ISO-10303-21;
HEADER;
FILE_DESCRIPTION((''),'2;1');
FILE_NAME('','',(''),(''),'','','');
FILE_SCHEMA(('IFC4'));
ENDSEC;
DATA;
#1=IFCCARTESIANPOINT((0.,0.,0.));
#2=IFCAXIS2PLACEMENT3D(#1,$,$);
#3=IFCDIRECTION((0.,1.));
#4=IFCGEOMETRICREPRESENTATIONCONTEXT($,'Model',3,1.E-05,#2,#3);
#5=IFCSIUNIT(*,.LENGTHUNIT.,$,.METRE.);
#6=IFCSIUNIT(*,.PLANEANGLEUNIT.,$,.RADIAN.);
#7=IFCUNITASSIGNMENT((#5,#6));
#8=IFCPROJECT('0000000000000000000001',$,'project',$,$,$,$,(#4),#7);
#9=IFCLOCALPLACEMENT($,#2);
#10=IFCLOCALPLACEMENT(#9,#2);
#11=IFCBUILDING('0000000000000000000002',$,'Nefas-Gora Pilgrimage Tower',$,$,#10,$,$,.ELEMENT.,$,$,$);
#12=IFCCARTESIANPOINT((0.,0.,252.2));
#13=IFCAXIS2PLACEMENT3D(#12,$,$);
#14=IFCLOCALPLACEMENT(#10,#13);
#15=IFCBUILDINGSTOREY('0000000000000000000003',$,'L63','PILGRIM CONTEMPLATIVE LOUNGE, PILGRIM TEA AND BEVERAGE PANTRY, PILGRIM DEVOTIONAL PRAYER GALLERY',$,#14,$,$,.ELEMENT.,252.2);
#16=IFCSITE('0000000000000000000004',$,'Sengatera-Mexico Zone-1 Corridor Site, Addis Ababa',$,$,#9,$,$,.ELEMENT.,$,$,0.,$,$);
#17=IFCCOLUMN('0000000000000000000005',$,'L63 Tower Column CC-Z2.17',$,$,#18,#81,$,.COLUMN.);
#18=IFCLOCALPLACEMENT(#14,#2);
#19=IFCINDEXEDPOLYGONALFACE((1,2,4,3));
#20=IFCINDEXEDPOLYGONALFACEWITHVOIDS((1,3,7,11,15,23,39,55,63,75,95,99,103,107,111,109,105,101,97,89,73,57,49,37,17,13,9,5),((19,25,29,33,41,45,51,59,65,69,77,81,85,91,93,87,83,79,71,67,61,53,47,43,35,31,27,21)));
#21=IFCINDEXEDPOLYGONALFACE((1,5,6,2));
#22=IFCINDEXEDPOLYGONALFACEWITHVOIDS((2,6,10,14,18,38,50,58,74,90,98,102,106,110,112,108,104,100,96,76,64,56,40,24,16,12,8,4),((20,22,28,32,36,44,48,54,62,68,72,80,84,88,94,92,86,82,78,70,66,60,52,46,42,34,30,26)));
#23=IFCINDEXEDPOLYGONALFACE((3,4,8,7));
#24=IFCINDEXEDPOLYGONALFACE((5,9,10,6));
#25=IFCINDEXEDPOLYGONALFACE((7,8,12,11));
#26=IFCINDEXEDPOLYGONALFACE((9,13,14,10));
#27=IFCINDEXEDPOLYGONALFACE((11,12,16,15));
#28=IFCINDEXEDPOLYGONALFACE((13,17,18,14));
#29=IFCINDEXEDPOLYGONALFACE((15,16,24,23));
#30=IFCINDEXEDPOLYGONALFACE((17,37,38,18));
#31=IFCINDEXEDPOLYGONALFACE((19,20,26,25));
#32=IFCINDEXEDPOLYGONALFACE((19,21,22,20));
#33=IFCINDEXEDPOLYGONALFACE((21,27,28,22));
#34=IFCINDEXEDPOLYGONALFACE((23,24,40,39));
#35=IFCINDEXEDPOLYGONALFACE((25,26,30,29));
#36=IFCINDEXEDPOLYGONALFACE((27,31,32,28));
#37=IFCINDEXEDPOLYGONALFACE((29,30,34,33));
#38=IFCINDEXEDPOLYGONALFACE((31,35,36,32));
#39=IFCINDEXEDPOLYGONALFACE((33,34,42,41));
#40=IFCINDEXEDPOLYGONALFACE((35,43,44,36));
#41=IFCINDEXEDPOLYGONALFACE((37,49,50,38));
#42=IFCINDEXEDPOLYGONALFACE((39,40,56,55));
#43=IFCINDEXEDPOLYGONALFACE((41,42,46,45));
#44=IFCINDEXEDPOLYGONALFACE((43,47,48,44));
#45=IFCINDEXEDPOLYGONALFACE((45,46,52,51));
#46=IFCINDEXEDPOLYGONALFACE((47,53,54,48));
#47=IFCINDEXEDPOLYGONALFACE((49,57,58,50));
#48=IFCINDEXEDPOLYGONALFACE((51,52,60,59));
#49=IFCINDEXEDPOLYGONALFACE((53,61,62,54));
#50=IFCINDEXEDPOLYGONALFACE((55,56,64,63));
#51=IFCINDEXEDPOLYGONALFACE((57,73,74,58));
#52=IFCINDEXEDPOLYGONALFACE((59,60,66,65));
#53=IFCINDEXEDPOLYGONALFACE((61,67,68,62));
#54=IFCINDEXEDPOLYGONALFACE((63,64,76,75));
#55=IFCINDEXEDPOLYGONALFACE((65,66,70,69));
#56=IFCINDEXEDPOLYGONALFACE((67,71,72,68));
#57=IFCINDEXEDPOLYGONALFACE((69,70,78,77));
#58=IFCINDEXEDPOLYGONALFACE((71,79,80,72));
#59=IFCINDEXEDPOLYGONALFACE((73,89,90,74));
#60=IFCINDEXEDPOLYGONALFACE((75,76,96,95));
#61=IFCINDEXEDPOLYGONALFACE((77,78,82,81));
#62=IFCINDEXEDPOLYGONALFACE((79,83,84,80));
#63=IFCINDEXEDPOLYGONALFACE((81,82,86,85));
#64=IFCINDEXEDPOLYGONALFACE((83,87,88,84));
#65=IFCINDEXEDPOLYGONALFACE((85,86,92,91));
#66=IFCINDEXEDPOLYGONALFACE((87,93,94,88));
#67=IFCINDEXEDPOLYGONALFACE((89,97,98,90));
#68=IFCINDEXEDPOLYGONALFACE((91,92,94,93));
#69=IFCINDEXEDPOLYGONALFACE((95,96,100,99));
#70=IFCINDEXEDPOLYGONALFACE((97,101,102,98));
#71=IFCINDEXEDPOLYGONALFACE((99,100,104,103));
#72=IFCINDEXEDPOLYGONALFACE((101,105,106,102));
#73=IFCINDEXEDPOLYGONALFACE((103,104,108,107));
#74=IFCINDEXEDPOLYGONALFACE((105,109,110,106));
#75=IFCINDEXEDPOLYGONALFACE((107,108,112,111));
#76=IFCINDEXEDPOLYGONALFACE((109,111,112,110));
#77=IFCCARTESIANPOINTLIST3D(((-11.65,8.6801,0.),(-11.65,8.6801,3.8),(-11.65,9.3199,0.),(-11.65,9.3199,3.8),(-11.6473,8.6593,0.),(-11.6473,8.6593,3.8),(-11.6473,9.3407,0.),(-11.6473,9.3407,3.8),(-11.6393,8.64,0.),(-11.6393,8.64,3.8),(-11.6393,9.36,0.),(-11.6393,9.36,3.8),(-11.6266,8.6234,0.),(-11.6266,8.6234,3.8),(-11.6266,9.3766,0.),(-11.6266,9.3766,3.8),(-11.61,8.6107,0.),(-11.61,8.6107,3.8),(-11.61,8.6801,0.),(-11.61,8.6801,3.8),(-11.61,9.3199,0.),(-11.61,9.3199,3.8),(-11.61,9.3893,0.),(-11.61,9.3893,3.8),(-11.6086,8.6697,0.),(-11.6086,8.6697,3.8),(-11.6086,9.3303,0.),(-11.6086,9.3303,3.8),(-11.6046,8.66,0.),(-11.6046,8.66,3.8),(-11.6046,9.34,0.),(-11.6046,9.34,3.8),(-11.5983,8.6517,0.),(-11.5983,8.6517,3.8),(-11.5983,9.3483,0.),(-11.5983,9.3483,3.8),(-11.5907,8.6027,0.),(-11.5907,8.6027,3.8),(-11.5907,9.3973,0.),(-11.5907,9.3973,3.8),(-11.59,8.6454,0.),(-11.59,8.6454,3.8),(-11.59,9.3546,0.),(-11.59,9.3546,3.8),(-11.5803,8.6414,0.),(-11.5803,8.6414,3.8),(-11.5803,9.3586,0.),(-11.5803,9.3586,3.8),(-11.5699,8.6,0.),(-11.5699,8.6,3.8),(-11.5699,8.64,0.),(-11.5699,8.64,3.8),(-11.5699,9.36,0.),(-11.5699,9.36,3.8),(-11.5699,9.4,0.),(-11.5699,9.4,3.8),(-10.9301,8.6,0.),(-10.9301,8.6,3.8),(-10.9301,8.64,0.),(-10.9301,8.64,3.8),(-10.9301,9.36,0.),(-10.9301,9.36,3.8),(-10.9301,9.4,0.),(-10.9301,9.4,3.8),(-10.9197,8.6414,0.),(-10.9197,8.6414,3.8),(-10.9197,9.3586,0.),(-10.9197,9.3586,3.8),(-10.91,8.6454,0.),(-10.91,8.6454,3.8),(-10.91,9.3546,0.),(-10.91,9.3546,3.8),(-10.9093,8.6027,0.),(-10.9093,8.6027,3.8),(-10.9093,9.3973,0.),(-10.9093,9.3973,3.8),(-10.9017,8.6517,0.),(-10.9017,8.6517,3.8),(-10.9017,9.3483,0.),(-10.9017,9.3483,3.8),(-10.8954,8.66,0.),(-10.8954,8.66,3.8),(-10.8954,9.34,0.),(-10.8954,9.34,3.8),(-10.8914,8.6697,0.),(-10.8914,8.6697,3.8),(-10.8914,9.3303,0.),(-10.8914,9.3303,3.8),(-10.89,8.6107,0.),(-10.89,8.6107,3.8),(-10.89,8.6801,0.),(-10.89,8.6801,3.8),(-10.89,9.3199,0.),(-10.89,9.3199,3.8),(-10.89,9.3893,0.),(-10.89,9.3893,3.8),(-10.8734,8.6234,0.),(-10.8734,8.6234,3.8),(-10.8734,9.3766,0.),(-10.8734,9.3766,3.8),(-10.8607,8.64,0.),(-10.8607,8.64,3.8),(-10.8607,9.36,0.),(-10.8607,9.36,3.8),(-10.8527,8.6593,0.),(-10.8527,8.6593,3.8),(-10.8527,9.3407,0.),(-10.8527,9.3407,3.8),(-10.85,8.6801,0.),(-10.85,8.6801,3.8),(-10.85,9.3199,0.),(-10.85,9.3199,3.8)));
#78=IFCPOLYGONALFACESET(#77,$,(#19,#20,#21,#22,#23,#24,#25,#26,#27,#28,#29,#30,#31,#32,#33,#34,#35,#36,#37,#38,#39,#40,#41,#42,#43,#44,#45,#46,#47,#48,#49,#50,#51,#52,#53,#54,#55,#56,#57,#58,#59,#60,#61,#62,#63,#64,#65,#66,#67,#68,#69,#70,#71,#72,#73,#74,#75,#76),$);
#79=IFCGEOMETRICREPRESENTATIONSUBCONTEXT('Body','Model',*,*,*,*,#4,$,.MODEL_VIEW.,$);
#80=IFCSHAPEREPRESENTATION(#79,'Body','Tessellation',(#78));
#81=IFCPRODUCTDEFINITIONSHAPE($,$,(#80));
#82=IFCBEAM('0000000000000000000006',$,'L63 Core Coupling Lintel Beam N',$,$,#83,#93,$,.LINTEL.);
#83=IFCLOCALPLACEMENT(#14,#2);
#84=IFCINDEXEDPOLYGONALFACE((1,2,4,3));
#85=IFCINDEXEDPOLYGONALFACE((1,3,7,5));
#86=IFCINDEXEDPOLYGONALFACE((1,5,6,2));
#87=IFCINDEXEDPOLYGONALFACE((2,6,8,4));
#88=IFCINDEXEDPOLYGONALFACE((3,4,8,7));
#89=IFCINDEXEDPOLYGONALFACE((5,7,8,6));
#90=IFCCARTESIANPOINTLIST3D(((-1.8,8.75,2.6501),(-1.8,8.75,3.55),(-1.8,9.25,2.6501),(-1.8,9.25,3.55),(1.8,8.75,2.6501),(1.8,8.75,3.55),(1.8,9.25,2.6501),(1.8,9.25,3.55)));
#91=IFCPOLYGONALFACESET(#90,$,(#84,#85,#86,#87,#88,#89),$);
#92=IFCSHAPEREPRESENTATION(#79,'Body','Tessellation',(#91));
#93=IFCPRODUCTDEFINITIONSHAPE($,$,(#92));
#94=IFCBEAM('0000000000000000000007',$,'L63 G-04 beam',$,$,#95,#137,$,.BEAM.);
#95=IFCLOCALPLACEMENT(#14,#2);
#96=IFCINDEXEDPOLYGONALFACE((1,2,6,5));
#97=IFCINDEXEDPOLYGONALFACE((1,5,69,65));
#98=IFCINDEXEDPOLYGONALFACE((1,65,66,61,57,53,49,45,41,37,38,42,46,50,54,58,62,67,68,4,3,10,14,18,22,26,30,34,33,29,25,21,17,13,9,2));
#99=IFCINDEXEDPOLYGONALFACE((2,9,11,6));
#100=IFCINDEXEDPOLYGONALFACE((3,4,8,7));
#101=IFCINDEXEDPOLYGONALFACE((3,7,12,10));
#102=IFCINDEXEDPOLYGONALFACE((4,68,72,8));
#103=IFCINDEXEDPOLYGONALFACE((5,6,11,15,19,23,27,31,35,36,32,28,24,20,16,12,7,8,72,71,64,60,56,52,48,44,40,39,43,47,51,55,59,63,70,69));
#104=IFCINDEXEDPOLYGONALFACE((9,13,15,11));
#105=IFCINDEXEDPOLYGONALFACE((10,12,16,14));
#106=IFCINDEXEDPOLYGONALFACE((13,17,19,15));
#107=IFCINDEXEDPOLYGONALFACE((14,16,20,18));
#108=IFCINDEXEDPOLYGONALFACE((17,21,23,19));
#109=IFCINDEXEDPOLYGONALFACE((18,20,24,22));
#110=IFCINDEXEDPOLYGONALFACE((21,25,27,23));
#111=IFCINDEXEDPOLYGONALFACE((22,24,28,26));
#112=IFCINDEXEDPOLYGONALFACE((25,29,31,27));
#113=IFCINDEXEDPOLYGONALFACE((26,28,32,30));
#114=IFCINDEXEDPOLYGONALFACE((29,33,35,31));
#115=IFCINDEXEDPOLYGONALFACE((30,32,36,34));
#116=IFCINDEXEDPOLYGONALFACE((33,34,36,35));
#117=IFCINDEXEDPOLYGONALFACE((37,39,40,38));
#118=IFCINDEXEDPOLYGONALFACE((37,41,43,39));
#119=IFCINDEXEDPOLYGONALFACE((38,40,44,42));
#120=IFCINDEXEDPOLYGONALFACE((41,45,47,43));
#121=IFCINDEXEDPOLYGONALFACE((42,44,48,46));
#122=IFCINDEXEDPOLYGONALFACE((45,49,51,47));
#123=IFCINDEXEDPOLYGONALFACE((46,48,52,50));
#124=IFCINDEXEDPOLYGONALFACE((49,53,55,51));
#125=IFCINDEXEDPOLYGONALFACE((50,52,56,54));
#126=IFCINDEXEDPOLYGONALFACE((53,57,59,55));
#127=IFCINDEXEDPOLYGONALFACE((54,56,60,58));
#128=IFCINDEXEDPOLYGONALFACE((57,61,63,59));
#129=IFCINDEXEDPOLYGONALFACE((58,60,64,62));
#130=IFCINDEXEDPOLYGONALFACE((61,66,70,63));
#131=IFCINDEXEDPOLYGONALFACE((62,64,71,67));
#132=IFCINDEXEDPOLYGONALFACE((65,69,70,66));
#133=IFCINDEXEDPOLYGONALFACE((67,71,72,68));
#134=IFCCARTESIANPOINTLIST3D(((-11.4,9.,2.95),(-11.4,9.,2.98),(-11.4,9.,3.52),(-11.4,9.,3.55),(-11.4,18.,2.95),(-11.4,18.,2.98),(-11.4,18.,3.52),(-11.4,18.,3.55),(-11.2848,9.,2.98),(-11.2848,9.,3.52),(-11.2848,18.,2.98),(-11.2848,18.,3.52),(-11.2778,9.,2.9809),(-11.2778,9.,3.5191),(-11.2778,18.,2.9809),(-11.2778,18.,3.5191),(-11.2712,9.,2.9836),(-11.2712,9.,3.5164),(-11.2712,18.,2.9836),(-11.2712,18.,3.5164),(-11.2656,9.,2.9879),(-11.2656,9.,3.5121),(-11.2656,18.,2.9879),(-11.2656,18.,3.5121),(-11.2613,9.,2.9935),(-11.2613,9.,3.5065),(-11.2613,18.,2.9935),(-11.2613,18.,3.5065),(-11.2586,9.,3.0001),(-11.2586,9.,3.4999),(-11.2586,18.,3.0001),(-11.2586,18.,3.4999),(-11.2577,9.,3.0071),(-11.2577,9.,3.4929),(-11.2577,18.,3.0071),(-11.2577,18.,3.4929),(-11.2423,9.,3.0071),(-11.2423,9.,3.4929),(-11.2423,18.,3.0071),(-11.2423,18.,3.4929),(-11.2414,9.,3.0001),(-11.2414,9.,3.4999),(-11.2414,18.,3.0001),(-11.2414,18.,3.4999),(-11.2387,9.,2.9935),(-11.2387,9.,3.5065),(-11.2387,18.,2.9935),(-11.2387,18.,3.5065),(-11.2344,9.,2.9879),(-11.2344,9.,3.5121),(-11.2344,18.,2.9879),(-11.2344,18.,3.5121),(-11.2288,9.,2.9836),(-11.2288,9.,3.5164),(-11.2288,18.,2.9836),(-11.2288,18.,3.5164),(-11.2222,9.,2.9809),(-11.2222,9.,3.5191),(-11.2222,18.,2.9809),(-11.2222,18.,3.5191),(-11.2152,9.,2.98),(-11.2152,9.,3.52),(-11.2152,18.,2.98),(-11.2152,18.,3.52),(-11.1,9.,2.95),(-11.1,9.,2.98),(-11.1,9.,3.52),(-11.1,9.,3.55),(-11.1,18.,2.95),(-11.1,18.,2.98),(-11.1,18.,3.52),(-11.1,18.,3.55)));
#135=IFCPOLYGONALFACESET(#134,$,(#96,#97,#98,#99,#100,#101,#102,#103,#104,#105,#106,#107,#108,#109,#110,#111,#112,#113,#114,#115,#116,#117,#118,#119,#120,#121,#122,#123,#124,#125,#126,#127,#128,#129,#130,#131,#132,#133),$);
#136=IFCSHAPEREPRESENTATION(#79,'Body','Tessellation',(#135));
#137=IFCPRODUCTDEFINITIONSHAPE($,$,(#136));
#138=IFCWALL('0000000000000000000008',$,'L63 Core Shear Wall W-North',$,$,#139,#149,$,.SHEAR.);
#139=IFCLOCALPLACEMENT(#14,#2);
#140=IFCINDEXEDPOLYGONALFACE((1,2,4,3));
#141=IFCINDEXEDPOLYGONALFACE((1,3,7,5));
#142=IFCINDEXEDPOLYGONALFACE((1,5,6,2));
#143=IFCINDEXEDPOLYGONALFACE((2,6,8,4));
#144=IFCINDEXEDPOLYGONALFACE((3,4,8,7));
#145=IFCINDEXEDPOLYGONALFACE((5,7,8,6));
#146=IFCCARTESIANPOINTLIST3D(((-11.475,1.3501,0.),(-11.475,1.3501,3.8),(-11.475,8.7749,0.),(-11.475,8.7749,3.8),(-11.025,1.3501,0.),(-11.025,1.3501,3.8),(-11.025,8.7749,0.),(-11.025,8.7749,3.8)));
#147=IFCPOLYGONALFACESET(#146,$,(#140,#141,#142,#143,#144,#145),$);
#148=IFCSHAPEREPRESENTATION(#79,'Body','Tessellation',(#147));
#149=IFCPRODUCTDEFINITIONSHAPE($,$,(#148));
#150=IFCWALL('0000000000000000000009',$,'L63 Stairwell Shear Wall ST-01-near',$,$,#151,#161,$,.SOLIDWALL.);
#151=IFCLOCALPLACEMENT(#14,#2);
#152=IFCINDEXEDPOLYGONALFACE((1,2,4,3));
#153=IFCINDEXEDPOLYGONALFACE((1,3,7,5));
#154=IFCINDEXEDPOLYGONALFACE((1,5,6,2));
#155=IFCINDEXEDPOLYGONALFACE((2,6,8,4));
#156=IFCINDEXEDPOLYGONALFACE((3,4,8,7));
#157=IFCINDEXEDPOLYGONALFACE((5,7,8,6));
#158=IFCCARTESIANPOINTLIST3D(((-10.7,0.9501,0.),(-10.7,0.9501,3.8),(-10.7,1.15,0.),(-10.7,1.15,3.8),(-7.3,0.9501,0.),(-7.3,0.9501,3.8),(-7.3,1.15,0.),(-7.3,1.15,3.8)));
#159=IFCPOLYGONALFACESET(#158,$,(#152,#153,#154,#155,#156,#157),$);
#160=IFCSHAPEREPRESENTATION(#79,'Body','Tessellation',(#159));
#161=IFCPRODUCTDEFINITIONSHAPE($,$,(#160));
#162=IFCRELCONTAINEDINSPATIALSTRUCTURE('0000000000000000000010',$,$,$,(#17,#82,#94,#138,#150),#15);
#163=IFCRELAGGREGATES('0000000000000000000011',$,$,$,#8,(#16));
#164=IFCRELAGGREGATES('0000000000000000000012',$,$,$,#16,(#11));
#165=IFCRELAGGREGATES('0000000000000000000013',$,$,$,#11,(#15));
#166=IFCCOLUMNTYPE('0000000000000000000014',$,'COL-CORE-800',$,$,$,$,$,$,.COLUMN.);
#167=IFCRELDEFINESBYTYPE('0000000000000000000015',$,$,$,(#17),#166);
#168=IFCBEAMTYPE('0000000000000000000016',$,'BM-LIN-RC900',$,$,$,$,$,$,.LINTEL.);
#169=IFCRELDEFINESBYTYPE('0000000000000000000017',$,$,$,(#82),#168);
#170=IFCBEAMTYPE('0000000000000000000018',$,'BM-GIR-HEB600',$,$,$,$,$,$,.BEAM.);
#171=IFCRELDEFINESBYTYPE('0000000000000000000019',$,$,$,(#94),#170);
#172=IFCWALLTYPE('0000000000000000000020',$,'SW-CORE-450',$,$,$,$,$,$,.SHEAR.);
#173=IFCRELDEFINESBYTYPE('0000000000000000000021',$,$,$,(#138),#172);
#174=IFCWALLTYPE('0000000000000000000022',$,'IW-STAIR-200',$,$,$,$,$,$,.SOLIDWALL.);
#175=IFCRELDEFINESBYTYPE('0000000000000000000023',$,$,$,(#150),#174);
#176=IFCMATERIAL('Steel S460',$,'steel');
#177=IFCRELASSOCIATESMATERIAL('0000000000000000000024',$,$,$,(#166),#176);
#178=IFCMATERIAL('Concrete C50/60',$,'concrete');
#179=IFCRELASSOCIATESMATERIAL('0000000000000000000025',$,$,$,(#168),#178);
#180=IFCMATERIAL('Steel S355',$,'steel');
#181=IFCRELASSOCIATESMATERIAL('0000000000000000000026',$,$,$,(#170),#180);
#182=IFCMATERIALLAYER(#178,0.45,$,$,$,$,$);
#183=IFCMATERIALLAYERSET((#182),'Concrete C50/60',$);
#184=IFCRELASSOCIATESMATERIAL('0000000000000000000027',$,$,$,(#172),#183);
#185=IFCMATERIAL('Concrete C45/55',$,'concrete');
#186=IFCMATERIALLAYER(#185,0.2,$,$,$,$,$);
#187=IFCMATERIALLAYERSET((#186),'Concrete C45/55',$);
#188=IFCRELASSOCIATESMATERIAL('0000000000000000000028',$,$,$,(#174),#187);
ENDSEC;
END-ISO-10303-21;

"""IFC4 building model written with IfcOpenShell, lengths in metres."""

from ifc_helpers import new_model, si_unit, direction, frame, frame_2d, origin, origin_2d, place, context, subcontext, project, spatial, rectangle, hollow_rectangle, i_section, extrude, source, transform, mapped, material, layer, layer_set, material_profile, profile_set, type_object, element, save


model = new_model("IFC4")

# Units and contexts
model_context = context("Model", 3, precision=1e-05, world=origin(), true_north=direction((0.0, 1.0)))
body_context = subcontext(model_context, "Body", "Model", "MODEL_VIEW")
ifc_project = project(units=[si_unit("LENGTHUNIT", "METRE"), si_unit("PLANEANGLEUNIT", "RADIAN")], contexts=[model_context])

# Site, building, storey
site_placement = place(None, origin())
site = spatial("IfcSite", under=ifc_project, at=site_placement, Name="Sengatera-Mexico Zone-1 Corridor Site, Addis Ababa", CompositionType="ELEMENT", RefElevation=0.0)
building_placement = place(site_placement, origin())
building = spatial("IfcBuilding", under=site, at=building_placement, Name="Nefas-Gora Pilgrimage Tower", CompositionType="ELEMENT")
storey_placement = place(building_placement, frame((0.0, 0.0, 252.2)))
storey = spatial("IfcBuildingStorey", under=building, at=storey_placement, Name="L63", Description="PILGRIM CONTEMPLATIVE LOUNGE, PILGRIM TEA AND BEVERAGE PANTRY, PILGRIM DEVOTIONAL PRAYER GALLERY", CompositionType="ELEMENT", Elevation=252.2)

# Column
ifc_material_1 = material(Name="Steel S460", Category="steel")
ifc_material_profile_1 = material_profile(ifc_material_1, hollow_rectangle(XDim=0.8, YDim=0.8, WallThickness=0.04, InnerFilletRadius=0.04, OuterFilletRadius=0.0801, at=origin_2d()), Name="BOX 800x800x40")
ifc_profile_set_1 = profile_set([ifc_material_profile_1], Name="Steel S460")
column_type = type_object("IfcColumnType", Name="COL-CORE-800", PredefinedType="COLUMN", material=ifc_profile_set_1)
shared_shape_1 = source(origin(), body_context, "Body", "SweptSolid", [
    extrude(hollow_rectangle(XDim=0.8, YDim=0.8, WallThickness=0.04, InnerFilletRadius=0.04, OuterFilletRadius=0.0801, at=origin_2d()), origin(), (0.0, 0.0, 1.0), 3.8),
])
column_placement = place(storey_placement, frame((-11.25, 9.0, 0.0), z_axis=(0.0, 0.0, 1.0), x_axis=(1.0, 0.0, 0.0)))
element("IfcColumn", 1, at=column_placement, inside=storey, type_object=column_type, Name="L63 Tower Column CC-Z2.17", PredefinedType="COLUMN", context=body_context, shape_type="MappedRepresentation", body=[
    mapped(shared_shape_1, transform((0.0, 0.0, 0.0), x_axis=(1.0, 0.0, 0.0), y_axis=(0.0, 1.0, 0.0), z_axis=(0.0, 0.0, 1.0), scale=1.0)),
])

# Beams
ifc_material_2 = material(Name="Concrete C50/60", Category="concrete")
ifc_material_profile_2 = material_profile(ifc_material_2, rectangle(XDim=0.5, YDim=0.8999, at=origin_2d()), Name="RC 500x900")
ifc_profile_set_2 = profile_set([ifc_material_profile_2], Name="Concrete C50/60")
beam_type_1 = type_object("IfcBeamType", Name="BM-LIN-RC900", PredefinedType="LINTEL", material=ifc_profile_set_2)
shared_shape_2 = source(origin(), body_context, "Body", "SweptSolid", [
    extrude(rectangle(XDim=0.5, YDim=0.8999, at=origin_2d()), origin(), (0.0, 0.0, 1.0), 3.6001),
])
beam_1_placement = place(storey_placement, frame((-1.8, 9.0, 3.1001), z_axis=(1.0, 0.0, 0.0), x_axis=(0.0, 1.0, 0.0)))
element("IfcBeam", 2, at=beam_1_placement, inside=storey, type_object=beam_type_1, Name="L63 Core Coupling Lintel Beam N", PredefinedType="LINTEL", context=body_context, shape_type="MappedRepresentation", body=[
    mapped(shared_shape_2, transform((0.0, 0.0, 0.0), x_axis=(1.0, 0.0, 0.0), y_axis=(0.0, 1.0, 0.0), z_axis=(0.0, 0.0, 1.0), scale=1.0)),
])
ifc_material_3 = material(Name="Steel S355", Category="steel")
ifc_material_profile_3 = material_profile(ifc_material_3, i_section(OverallWidth=0.3, OverallDepth=0.6001, WebThickness=0.0154, FlangeThickness=0.03, FilletRadius=0.0271, at=origin_2d()), Name="HEB 600")
ifc_profile_set_3 = profile_set([ifc_material_profile_3], Name="Steel S355")
beam_type_2 = type_object("IfcBeamType", Name="BM-GIR-HEB600", PredefinedType="BEAM", material=ifc_profile_set_3)
shared_shape_3 = source(origin(), body_context, "Body", "SweptSolid", [
    extrude(i_section(OverallWidth=0.3, OverallDepth=0.6001, WebThickness=0.0154, FlangeThickness=0.03, FilletRadius=0.0271, at=origin_2d()), origin(), (0.0, 0.0, 1.0), 9.0),
])
beam_2_placement = place(storey_placement, frame((-11.25, 9.0, 3.25), z_axis=(0.0, 1.0, 0.0), x_axis=(-1.0, 0.0, 0.0)))
element("IfcBeam", 3, at=beam_2_placement, inside=storey, type_object=beam_type_2, Name="L63 G-04 beam", PredefinedType="BEAM", context=body_context, shape_type="MappedRepresentation", body=[
    mapped(shared_shape_3, transform((0.0, 0.0, 0.0), x_axis=(1.0, 0.0, 0.0), y_axis=(0.0, 1.0, 0.0), z_axis=(0.0, 0.0, 1.0), scale=1.0)),
])

# Walls
ifc_layer_1 = layer(ifc_material_2, 0.45)
ifc_layer_set_1 = layer_set([ifc_layer_1], Name="Concrete C50/60")
wall_type_1 = type_object("IfcWallType", Name="SW-CORE-450", PredefinedType="SHEAR", material=ifc_layer_set_1)
shared_shape_4 = source(origin(), body_context, "Body", "SweptSolid", [
    extrude(rectangle(XDim=7.4248, YDim=0.45, at=frame_2d((3.7124, 0.0))), origin(), (0.0, 0.0, 1.0), 3.8),
])
wall_1_placement = place(storey_placement, frame((-11.25, 1.3501, 0.0), z_axis=(0.0, 0.0, 1.0), x_axis=(0.0, 1.0, 0.0)))
element("IfcWall", 4, at=wall_1_placement, inside=storey, type_object=wall_type_1, Name="L63 Core Shear Wall W-North", PredefinedType="SHEAR", context=body_context, shape_type="MappedRepresentation", body=[
    mapped(shared_shape_4, transform((0.0, 0.0, 0.0), x_axis=(1.0, 0.0, 0.0), y_axis=(0.0, 1.0, 0.0), z_axis=(0.0, 0.0, 1.0), scale=1.0)),
])
ifc_material_4 = material(Name="Concrete C45/55", Category="concrete")
ifc_layer_2 = layer(ifc_material_4, 0.2)
ifc_layer_set_2 = layer_set([ifc_layer_2], Name="Concrete C45/55")
wall_type_2 = type_object("IfcWallType", Name="IW-STAIR-200", PredefinedType="SOLIDWALL", material=ifc_layer_set_2)
shared_shape_5 = source(origin(), body_context, "Body", "SweptSolid", [
    extrude(rectangle(XDim=3.3999, YDim=0.2, at=frame_2d((1.7, 0.0))), origin(), (0.0, 0.0, 1.0), 3.8),
])
wall_2_placement = place(storey_placement, frame((-7.3, 1.05, 0.0), z_axis=(0.0, 0.0, 1.0), x_axis=(-1.0, 0.0, 0.0)))
element("IfcWall", 5, at=wall_2_placement, inside=storey, type_object=wall_type_2, Name="L63 Stairwell Shear Wall ST-01-near", PredefinedType="SOLIDWALL", context=body_context, shape_type="MappedRepresentation", body=[
    mapped(shared_shape_5, transform((0.0, 0.0, 0.0), x_axis=(1.0, 0.0, 0.0), y_axis=(0.0, 1.0, 0.0), z_axis=(0.0, 0.0, 1.0), scale=1.0)),
])

save(model, "model.ifc")
